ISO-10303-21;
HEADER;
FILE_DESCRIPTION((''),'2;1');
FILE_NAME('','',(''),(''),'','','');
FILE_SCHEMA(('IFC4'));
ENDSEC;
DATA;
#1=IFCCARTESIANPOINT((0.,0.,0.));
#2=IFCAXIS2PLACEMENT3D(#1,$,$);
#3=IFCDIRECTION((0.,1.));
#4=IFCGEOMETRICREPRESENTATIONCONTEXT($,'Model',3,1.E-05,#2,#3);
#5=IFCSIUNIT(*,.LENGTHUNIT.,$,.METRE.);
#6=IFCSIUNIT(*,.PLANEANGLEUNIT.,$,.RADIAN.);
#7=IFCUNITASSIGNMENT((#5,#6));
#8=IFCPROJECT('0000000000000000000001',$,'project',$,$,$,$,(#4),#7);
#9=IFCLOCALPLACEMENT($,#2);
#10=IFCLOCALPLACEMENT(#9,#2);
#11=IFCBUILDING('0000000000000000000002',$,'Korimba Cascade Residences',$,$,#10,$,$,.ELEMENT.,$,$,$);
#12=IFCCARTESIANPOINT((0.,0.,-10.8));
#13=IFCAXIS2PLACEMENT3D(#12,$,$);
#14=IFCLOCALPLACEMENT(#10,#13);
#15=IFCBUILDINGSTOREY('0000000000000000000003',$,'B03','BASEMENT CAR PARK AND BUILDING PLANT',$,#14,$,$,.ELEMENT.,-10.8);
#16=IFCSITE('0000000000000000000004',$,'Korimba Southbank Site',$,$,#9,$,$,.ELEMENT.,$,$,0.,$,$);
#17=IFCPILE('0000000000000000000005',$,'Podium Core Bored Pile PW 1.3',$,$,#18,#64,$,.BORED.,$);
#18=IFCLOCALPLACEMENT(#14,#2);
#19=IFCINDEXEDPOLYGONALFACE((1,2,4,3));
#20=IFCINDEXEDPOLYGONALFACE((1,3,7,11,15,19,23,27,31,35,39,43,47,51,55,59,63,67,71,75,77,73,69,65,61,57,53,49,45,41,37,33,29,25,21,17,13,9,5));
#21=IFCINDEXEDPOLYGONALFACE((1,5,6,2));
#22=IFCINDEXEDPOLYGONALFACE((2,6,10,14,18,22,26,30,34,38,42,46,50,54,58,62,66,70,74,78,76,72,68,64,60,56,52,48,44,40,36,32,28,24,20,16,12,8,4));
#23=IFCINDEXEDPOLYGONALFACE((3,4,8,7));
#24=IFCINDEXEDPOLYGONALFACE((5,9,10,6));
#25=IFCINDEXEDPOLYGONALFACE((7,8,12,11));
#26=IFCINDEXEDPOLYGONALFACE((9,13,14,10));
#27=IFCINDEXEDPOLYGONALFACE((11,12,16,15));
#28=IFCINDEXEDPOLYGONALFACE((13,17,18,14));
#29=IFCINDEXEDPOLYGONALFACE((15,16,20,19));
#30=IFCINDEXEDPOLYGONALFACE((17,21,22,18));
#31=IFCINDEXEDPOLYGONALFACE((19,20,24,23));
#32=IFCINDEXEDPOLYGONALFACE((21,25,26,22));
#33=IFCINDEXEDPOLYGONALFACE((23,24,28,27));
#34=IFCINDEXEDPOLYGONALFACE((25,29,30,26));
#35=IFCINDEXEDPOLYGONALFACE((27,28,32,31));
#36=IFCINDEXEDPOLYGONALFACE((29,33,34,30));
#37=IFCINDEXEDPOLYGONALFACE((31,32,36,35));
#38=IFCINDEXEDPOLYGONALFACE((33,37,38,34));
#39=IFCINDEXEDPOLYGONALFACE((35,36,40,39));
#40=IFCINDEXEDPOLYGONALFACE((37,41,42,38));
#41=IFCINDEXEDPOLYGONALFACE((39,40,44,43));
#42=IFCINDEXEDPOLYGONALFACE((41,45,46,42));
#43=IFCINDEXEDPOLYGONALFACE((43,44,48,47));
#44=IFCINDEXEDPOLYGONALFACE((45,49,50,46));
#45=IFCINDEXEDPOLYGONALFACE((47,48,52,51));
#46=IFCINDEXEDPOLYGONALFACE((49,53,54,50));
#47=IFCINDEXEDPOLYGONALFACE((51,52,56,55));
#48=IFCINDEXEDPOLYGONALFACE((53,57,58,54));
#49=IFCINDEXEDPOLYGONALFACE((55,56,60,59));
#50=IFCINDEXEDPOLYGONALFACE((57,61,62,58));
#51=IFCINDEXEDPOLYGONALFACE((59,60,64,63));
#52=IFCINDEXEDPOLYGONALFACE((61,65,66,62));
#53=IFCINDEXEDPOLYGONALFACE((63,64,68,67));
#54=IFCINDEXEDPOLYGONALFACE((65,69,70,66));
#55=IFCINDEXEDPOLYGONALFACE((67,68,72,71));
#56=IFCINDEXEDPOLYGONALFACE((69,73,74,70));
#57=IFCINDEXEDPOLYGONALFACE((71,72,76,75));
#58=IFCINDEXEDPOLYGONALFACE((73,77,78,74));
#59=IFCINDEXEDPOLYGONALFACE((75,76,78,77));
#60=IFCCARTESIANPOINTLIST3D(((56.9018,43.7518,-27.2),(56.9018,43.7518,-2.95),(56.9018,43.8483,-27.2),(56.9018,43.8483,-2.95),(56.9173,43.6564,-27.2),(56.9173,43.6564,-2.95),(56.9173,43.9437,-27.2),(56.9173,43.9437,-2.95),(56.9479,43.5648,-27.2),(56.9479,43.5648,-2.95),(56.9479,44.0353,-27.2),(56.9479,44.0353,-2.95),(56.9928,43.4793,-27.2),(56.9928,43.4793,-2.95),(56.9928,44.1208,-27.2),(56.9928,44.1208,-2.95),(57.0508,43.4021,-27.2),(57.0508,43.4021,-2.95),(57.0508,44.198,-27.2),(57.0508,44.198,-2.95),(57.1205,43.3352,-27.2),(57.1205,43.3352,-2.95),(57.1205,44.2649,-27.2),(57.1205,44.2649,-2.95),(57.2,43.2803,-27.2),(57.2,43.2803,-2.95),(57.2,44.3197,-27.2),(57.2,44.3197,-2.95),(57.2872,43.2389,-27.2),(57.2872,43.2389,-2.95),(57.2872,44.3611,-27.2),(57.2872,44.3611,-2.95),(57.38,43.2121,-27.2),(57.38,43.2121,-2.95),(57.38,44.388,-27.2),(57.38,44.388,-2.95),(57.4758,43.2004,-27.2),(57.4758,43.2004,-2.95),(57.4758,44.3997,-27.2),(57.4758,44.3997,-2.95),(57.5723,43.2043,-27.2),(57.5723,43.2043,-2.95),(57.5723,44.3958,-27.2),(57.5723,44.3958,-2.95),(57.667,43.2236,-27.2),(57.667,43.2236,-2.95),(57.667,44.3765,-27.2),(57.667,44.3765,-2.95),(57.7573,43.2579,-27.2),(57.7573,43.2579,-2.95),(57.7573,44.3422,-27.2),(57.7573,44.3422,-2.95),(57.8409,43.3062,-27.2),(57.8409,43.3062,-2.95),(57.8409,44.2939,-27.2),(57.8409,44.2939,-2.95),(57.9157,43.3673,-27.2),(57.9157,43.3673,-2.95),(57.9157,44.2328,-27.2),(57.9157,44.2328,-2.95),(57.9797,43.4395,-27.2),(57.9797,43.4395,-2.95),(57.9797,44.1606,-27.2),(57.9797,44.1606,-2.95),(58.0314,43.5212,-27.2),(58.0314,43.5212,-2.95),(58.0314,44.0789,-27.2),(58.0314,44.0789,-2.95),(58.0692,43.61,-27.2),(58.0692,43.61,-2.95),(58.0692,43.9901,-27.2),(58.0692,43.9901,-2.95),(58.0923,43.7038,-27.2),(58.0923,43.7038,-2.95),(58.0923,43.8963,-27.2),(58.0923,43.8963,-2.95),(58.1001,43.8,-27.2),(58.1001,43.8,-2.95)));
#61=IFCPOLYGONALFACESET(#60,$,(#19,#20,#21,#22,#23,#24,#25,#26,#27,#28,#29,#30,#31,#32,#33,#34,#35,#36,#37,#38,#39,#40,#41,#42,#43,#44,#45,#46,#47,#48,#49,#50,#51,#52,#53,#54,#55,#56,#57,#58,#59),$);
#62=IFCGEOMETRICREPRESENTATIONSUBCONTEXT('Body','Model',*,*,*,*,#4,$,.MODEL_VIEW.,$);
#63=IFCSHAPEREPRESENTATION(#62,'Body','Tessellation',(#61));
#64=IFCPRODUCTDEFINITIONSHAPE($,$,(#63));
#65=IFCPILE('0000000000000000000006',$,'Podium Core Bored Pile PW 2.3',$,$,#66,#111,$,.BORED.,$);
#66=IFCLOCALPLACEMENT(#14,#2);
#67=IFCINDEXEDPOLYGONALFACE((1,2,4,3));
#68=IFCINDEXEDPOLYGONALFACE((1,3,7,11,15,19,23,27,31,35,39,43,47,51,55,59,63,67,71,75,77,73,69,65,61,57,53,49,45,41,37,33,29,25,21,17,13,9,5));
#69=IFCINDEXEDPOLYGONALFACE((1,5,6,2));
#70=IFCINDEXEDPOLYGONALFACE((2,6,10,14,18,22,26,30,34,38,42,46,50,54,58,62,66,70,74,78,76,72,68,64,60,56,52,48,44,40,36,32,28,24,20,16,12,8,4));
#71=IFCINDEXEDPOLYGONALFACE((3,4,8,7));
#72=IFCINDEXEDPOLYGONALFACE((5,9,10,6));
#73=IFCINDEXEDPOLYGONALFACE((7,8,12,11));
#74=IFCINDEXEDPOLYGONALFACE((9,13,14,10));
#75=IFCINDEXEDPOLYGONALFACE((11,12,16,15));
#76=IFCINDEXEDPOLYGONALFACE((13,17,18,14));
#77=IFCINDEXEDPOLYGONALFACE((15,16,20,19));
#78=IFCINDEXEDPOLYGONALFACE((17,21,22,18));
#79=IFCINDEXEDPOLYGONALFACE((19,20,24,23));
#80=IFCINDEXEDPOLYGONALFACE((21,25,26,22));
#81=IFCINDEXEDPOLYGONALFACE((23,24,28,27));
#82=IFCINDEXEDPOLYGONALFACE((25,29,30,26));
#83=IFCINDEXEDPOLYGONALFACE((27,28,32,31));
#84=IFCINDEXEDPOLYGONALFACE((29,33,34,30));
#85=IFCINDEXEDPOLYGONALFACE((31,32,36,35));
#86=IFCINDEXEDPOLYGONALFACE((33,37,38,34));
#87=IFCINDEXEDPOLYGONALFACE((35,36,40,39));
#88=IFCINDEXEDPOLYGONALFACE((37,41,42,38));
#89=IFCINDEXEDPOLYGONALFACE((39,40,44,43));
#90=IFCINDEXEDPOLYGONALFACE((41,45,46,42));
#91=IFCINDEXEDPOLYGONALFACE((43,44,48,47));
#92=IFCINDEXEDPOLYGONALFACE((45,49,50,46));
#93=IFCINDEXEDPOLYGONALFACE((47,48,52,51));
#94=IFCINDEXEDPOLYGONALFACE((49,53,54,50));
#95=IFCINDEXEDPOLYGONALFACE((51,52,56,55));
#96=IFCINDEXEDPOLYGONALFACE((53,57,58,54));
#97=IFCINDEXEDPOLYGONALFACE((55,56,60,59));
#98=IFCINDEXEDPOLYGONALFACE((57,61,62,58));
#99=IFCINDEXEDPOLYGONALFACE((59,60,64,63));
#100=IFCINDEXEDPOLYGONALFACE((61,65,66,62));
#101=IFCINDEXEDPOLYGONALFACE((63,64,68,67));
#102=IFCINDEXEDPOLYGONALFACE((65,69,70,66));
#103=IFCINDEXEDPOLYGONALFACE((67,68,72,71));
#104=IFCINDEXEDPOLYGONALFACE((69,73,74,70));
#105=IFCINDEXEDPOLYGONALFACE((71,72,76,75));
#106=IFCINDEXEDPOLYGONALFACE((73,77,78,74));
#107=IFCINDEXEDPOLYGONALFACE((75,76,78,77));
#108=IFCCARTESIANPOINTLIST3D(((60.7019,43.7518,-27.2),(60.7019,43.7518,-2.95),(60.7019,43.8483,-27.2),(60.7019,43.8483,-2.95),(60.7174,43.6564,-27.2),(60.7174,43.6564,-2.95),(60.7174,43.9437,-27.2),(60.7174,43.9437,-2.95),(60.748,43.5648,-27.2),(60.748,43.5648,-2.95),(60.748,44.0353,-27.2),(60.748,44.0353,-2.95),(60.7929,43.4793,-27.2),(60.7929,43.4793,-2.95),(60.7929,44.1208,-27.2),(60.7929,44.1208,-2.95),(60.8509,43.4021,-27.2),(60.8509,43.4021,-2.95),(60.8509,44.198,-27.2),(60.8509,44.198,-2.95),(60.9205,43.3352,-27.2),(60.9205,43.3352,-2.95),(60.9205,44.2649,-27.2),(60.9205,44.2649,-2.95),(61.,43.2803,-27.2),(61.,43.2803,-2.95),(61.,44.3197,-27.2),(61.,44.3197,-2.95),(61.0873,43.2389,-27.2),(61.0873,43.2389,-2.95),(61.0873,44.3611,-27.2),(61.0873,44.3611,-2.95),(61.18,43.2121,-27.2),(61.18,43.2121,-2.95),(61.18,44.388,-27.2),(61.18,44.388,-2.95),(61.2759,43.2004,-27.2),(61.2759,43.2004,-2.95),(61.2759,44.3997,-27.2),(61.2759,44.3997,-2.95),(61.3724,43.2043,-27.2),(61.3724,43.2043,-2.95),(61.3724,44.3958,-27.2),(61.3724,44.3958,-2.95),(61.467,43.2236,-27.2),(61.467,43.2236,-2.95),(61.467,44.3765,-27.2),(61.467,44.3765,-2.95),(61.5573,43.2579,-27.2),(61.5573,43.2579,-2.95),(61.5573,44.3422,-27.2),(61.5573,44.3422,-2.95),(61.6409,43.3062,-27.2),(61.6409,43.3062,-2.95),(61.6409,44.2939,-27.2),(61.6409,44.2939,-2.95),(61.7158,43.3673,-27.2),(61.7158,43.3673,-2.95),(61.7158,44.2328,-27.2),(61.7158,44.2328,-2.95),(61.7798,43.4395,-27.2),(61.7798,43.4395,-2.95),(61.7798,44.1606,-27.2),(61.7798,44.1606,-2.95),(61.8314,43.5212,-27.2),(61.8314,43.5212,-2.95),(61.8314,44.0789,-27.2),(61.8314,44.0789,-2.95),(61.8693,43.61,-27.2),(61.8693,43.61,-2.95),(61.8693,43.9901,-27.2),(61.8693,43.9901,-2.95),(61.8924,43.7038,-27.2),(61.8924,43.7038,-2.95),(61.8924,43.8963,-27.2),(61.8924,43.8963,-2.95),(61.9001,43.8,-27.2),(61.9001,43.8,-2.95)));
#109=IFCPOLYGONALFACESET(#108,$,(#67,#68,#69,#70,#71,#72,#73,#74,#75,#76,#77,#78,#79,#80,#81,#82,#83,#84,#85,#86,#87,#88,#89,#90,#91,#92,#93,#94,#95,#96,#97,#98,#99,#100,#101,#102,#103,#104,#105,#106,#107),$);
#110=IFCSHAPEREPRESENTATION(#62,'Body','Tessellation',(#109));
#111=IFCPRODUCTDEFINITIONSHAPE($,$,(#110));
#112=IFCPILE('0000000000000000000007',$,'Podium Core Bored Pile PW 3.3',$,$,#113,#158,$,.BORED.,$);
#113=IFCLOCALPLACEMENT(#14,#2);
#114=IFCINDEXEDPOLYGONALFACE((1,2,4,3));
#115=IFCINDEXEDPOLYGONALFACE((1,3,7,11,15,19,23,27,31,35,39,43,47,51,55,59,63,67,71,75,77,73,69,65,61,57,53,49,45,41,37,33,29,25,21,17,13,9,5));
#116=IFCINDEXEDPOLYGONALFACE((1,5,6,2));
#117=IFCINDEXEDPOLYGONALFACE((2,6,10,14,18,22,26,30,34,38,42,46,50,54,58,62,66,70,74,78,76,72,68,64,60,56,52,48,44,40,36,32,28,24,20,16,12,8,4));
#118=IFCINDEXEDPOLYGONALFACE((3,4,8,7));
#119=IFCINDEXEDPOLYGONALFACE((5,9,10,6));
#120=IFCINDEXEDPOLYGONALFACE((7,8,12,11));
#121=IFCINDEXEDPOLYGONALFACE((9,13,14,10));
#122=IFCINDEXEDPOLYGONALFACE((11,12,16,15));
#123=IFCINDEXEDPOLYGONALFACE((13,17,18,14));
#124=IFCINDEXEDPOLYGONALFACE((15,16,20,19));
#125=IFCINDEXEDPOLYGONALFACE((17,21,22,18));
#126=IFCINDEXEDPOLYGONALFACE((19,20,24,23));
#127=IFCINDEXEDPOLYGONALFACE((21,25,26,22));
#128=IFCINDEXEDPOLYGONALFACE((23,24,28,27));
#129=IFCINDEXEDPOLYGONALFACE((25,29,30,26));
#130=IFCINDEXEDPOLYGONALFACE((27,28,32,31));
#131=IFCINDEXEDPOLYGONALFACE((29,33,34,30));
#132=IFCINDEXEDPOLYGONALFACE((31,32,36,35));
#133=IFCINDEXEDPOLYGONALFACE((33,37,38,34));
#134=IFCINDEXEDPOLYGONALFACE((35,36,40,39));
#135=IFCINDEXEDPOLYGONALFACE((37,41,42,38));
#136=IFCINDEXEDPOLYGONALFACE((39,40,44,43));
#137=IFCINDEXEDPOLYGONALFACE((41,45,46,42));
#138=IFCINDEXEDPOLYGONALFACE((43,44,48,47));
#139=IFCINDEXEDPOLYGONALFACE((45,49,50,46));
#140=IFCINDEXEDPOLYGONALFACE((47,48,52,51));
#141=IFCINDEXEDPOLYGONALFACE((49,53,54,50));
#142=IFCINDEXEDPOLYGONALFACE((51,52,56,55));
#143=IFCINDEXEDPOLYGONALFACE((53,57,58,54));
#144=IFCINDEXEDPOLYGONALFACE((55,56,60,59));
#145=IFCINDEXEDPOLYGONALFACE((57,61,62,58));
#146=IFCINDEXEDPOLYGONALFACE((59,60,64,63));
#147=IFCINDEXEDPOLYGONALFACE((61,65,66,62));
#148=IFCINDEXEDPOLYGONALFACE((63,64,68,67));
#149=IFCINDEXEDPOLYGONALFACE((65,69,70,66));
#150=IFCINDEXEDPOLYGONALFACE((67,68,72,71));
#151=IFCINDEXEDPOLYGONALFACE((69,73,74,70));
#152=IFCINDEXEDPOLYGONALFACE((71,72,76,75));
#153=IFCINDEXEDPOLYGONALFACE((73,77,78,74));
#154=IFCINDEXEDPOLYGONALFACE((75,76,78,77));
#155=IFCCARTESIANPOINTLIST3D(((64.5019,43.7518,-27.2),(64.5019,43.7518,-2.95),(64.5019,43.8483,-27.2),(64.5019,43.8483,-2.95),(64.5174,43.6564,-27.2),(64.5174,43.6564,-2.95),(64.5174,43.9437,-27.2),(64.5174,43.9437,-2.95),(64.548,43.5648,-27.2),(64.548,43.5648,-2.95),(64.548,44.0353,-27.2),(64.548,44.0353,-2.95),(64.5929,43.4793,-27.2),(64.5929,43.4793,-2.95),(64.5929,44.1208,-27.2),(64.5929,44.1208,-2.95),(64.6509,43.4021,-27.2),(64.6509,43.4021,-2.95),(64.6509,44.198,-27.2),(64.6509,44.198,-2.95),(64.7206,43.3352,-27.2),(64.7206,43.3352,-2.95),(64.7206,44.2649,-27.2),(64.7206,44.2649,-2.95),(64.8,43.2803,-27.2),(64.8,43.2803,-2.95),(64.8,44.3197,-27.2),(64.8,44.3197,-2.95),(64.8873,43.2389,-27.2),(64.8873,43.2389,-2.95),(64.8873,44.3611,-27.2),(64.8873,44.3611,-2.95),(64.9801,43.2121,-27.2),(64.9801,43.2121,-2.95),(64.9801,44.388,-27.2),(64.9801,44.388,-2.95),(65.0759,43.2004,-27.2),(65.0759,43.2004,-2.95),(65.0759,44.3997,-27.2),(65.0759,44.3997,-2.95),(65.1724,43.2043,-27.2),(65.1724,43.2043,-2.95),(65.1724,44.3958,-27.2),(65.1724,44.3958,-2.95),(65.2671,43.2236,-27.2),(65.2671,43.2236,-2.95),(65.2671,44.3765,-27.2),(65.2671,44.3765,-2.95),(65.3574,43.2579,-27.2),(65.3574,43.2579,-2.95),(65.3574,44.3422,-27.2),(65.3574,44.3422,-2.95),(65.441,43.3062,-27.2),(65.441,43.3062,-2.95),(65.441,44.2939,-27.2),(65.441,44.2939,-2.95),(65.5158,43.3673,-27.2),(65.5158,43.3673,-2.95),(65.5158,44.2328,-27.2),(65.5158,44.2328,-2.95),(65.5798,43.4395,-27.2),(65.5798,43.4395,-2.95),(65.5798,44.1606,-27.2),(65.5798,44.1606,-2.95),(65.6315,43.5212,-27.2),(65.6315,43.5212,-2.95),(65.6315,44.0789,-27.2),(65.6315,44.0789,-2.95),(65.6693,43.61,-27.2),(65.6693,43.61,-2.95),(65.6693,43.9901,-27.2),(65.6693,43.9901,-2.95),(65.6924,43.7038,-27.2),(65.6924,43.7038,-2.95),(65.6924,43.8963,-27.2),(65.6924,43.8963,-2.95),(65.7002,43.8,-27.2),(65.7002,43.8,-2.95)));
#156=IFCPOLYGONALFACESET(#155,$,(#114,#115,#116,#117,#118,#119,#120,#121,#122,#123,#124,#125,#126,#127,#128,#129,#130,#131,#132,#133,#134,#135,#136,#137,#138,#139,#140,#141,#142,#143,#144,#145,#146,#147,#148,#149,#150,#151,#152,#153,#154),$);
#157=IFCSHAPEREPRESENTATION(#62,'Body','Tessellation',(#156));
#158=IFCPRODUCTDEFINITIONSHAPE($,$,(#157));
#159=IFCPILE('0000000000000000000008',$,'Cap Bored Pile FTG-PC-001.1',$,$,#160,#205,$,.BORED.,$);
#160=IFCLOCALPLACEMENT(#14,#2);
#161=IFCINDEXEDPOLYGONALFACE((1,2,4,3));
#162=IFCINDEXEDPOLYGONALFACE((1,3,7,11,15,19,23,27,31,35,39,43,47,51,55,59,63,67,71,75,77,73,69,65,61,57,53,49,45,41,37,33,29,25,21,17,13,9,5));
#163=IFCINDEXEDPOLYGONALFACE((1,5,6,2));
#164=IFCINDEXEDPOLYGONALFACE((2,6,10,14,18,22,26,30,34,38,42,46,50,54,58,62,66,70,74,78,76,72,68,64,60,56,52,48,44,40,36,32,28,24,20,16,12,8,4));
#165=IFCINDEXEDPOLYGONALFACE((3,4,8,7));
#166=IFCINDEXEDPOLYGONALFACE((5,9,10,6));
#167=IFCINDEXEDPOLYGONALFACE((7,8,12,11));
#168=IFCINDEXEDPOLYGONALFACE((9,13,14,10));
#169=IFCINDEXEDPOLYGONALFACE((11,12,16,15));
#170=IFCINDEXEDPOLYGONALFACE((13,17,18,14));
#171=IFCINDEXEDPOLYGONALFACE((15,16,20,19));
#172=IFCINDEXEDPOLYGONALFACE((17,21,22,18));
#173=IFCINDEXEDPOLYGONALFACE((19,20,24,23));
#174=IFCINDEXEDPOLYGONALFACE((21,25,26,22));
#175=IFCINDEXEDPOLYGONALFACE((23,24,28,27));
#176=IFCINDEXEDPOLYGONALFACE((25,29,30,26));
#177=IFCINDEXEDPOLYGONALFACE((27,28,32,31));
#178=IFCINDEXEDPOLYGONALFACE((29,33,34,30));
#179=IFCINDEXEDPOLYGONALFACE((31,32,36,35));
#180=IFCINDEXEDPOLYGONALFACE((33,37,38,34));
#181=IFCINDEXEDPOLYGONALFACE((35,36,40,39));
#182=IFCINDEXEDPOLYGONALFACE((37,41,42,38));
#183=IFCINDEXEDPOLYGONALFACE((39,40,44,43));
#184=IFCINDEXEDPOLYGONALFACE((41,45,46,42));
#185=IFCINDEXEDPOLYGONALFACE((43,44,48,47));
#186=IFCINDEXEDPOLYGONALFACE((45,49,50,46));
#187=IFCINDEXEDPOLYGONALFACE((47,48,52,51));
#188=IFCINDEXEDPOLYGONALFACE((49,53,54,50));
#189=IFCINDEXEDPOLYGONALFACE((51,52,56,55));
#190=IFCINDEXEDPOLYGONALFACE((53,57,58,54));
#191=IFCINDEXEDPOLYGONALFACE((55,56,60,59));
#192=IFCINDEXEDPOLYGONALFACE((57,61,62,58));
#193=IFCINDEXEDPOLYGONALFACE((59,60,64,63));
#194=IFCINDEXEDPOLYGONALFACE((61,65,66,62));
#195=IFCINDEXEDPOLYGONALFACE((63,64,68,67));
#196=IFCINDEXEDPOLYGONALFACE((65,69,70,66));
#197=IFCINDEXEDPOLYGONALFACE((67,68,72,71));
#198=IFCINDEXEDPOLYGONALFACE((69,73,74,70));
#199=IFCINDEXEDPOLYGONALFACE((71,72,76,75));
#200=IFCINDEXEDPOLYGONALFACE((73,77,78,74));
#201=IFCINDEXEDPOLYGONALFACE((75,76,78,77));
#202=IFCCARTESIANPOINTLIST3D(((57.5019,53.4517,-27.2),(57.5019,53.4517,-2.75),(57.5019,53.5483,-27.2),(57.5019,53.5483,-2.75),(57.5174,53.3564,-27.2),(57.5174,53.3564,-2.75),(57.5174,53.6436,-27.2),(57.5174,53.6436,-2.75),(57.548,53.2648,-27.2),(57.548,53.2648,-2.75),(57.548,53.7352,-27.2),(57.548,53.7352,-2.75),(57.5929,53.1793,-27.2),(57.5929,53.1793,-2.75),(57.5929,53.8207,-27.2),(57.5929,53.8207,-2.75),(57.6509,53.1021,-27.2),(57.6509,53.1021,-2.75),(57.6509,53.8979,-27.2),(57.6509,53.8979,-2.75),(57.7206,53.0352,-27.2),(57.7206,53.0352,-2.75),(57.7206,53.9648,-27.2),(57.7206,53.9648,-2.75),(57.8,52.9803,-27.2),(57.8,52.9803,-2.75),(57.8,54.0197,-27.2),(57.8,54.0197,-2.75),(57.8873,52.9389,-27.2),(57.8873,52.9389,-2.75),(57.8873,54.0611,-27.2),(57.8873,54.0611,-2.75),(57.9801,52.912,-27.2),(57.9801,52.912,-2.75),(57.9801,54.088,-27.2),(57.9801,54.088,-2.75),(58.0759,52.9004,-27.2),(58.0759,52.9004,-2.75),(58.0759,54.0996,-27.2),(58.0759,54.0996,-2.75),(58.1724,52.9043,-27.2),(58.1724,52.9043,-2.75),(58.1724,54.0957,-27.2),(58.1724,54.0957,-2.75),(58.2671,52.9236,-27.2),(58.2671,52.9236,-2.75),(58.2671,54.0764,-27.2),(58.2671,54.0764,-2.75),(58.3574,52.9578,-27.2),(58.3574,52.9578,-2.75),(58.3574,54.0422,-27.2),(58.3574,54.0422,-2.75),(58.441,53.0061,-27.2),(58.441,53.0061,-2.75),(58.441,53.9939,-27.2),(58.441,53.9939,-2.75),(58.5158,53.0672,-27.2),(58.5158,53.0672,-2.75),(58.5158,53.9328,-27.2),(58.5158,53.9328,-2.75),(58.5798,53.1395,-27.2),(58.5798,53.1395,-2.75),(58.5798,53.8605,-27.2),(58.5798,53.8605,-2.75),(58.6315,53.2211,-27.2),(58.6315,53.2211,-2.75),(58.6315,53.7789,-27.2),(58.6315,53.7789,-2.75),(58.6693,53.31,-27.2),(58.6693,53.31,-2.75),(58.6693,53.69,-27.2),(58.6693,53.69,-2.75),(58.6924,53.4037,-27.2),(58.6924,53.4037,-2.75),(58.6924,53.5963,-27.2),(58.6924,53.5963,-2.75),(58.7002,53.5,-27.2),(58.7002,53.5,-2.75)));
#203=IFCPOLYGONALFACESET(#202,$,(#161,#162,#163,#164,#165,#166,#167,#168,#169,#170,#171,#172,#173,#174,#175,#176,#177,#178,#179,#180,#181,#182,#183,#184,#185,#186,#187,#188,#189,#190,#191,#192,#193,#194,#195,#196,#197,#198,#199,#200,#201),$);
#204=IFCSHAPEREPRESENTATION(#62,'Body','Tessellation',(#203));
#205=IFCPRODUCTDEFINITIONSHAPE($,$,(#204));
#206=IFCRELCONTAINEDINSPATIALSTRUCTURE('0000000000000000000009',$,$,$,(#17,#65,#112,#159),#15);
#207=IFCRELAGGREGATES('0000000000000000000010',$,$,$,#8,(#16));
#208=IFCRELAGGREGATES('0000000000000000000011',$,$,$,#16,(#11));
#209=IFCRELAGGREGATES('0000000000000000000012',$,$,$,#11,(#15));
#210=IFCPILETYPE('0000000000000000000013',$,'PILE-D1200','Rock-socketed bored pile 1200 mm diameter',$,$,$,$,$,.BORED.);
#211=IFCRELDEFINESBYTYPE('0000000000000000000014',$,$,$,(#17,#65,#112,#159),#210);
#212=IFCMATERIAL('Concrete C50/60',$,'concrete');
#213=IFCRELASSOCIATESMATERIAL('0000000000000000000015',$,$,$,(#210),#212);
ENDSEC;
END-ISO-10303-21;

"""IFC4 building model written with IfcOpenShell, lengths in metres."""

from ifc_helpers import new_model, si_unit, direction, frame, origin, origin_2d, place, context, subcontext, project, spatial, circle, extrude, material, material_profile, profile_set, type_object, element, save


model = new_model("IFC4")

# Units and contexts
model_context = context("Model", 3, precision=1e-05, world=origin(), true_north=direction((0.0, 1.0)))
body_context = subcontext(model_context, "Body", "Model", "MODEL_VIEW")
ifc_project = project(units=[si_unit("LENGTHUNIT", "METRE"), si_unit("PLANEANGLEUNIT", "RADIAN")], contexts=[model_context])

# Site, building, storey
site_placement = place(None, origin())
site = spatial("IfcSite", under=ifc_project, at=site_placement, Name="Korimba Southbank Site", CompositionType="ELEMENT", RefElevation=0.0)
building_placement = place(site_placement, origin())
building = spatial("IfcBuilding", under=site, at=building_placement, Name="Korimba Cascade Residences", CompositionType="ELEMENT")
storey_placement = place(building_placement, frame((0.0, 0.0, -10.8)))
storey = spatial("IfcBuildingStorey", under=building, at=storey_placement, Name="B03", Description="BASEMENT CAR PARK AND BUILDING PLANT", CompositionType="ELEMENT", Elevation=-10.8)

# Piles
ifc_material_1 = material(Name="Concrete C50/60", Category="concrete")
ifc_material_profile_1 = material_profile(ifc_material_1, circle(Radius=0.6001, at=origin_2d()), Name="Concrete C50/60")
ifc_profile_set_1 = profile_set([ifc_material_profile_1], Name="Concrete C50/60")
pile_type = type_object("IfcPileType", Name="PILE-D1200", Description="Rock-socketed bored pile 1200 mm diameter", PredefinedType="BORED", material=ifc_profile_set_1)
for number, where, z_axis, x_axis, name in (
    (1, (57.5, 43.8, -2.95), (0.0, 0.0, -1.0), (1.0, 0.0, 0.0), "Podium Core Bored Pile PW 1.3"),
    (2, (61.3, 43.8, -2.95), (0.0, 0.0, -1.0), (1.0, 0.0, 0.0), "Podium Core Bored Pile PW 2.3"),
    (3, (65.1001, 43.8, -2.95), (0.0, 0.0, -1.0), (1.0, 0.0, 0.0), "Podium Core Bored Pile PW 3.3"),
):
    element("IfcPile", number, at=place(storey_placement, frame(where, z_axis=z_axis, x_axis=x_axis)), inside=storey, type_object=pile_type, Name=name, PredefinedType="BORED", context=body_context, shape_type="SweptSolid", body=[
        extrude(circle(Radius=0.6001, at=origin_2d()), origin(), (0.0, 0.0, 1.0), 24.25),
    ])
for number, where, z_axis, x_axis, name in (
    (4, (58.1001, 53.5, -2.75), (0.0, 0.0, -1.0), (1.0, 0.0, 0.0), "Cap Bored Pile FTG-PC-001.1"),
):
    element("IfcPile", number, at=place(storey_placement, frame(where, z_axis=z_axis, x_axis=x_axis)), inside=storey, type_object=pile_type, Name=name, PredefinedType="BORED", context=body_context, shape_type="SweptSolid", body=[
        extrude(circle(Radius=0.6001, at=origin_2d()), origin(), (0.0, 0.0, 1.0), 24.45),
    ])

save(model, "model.ifc")
